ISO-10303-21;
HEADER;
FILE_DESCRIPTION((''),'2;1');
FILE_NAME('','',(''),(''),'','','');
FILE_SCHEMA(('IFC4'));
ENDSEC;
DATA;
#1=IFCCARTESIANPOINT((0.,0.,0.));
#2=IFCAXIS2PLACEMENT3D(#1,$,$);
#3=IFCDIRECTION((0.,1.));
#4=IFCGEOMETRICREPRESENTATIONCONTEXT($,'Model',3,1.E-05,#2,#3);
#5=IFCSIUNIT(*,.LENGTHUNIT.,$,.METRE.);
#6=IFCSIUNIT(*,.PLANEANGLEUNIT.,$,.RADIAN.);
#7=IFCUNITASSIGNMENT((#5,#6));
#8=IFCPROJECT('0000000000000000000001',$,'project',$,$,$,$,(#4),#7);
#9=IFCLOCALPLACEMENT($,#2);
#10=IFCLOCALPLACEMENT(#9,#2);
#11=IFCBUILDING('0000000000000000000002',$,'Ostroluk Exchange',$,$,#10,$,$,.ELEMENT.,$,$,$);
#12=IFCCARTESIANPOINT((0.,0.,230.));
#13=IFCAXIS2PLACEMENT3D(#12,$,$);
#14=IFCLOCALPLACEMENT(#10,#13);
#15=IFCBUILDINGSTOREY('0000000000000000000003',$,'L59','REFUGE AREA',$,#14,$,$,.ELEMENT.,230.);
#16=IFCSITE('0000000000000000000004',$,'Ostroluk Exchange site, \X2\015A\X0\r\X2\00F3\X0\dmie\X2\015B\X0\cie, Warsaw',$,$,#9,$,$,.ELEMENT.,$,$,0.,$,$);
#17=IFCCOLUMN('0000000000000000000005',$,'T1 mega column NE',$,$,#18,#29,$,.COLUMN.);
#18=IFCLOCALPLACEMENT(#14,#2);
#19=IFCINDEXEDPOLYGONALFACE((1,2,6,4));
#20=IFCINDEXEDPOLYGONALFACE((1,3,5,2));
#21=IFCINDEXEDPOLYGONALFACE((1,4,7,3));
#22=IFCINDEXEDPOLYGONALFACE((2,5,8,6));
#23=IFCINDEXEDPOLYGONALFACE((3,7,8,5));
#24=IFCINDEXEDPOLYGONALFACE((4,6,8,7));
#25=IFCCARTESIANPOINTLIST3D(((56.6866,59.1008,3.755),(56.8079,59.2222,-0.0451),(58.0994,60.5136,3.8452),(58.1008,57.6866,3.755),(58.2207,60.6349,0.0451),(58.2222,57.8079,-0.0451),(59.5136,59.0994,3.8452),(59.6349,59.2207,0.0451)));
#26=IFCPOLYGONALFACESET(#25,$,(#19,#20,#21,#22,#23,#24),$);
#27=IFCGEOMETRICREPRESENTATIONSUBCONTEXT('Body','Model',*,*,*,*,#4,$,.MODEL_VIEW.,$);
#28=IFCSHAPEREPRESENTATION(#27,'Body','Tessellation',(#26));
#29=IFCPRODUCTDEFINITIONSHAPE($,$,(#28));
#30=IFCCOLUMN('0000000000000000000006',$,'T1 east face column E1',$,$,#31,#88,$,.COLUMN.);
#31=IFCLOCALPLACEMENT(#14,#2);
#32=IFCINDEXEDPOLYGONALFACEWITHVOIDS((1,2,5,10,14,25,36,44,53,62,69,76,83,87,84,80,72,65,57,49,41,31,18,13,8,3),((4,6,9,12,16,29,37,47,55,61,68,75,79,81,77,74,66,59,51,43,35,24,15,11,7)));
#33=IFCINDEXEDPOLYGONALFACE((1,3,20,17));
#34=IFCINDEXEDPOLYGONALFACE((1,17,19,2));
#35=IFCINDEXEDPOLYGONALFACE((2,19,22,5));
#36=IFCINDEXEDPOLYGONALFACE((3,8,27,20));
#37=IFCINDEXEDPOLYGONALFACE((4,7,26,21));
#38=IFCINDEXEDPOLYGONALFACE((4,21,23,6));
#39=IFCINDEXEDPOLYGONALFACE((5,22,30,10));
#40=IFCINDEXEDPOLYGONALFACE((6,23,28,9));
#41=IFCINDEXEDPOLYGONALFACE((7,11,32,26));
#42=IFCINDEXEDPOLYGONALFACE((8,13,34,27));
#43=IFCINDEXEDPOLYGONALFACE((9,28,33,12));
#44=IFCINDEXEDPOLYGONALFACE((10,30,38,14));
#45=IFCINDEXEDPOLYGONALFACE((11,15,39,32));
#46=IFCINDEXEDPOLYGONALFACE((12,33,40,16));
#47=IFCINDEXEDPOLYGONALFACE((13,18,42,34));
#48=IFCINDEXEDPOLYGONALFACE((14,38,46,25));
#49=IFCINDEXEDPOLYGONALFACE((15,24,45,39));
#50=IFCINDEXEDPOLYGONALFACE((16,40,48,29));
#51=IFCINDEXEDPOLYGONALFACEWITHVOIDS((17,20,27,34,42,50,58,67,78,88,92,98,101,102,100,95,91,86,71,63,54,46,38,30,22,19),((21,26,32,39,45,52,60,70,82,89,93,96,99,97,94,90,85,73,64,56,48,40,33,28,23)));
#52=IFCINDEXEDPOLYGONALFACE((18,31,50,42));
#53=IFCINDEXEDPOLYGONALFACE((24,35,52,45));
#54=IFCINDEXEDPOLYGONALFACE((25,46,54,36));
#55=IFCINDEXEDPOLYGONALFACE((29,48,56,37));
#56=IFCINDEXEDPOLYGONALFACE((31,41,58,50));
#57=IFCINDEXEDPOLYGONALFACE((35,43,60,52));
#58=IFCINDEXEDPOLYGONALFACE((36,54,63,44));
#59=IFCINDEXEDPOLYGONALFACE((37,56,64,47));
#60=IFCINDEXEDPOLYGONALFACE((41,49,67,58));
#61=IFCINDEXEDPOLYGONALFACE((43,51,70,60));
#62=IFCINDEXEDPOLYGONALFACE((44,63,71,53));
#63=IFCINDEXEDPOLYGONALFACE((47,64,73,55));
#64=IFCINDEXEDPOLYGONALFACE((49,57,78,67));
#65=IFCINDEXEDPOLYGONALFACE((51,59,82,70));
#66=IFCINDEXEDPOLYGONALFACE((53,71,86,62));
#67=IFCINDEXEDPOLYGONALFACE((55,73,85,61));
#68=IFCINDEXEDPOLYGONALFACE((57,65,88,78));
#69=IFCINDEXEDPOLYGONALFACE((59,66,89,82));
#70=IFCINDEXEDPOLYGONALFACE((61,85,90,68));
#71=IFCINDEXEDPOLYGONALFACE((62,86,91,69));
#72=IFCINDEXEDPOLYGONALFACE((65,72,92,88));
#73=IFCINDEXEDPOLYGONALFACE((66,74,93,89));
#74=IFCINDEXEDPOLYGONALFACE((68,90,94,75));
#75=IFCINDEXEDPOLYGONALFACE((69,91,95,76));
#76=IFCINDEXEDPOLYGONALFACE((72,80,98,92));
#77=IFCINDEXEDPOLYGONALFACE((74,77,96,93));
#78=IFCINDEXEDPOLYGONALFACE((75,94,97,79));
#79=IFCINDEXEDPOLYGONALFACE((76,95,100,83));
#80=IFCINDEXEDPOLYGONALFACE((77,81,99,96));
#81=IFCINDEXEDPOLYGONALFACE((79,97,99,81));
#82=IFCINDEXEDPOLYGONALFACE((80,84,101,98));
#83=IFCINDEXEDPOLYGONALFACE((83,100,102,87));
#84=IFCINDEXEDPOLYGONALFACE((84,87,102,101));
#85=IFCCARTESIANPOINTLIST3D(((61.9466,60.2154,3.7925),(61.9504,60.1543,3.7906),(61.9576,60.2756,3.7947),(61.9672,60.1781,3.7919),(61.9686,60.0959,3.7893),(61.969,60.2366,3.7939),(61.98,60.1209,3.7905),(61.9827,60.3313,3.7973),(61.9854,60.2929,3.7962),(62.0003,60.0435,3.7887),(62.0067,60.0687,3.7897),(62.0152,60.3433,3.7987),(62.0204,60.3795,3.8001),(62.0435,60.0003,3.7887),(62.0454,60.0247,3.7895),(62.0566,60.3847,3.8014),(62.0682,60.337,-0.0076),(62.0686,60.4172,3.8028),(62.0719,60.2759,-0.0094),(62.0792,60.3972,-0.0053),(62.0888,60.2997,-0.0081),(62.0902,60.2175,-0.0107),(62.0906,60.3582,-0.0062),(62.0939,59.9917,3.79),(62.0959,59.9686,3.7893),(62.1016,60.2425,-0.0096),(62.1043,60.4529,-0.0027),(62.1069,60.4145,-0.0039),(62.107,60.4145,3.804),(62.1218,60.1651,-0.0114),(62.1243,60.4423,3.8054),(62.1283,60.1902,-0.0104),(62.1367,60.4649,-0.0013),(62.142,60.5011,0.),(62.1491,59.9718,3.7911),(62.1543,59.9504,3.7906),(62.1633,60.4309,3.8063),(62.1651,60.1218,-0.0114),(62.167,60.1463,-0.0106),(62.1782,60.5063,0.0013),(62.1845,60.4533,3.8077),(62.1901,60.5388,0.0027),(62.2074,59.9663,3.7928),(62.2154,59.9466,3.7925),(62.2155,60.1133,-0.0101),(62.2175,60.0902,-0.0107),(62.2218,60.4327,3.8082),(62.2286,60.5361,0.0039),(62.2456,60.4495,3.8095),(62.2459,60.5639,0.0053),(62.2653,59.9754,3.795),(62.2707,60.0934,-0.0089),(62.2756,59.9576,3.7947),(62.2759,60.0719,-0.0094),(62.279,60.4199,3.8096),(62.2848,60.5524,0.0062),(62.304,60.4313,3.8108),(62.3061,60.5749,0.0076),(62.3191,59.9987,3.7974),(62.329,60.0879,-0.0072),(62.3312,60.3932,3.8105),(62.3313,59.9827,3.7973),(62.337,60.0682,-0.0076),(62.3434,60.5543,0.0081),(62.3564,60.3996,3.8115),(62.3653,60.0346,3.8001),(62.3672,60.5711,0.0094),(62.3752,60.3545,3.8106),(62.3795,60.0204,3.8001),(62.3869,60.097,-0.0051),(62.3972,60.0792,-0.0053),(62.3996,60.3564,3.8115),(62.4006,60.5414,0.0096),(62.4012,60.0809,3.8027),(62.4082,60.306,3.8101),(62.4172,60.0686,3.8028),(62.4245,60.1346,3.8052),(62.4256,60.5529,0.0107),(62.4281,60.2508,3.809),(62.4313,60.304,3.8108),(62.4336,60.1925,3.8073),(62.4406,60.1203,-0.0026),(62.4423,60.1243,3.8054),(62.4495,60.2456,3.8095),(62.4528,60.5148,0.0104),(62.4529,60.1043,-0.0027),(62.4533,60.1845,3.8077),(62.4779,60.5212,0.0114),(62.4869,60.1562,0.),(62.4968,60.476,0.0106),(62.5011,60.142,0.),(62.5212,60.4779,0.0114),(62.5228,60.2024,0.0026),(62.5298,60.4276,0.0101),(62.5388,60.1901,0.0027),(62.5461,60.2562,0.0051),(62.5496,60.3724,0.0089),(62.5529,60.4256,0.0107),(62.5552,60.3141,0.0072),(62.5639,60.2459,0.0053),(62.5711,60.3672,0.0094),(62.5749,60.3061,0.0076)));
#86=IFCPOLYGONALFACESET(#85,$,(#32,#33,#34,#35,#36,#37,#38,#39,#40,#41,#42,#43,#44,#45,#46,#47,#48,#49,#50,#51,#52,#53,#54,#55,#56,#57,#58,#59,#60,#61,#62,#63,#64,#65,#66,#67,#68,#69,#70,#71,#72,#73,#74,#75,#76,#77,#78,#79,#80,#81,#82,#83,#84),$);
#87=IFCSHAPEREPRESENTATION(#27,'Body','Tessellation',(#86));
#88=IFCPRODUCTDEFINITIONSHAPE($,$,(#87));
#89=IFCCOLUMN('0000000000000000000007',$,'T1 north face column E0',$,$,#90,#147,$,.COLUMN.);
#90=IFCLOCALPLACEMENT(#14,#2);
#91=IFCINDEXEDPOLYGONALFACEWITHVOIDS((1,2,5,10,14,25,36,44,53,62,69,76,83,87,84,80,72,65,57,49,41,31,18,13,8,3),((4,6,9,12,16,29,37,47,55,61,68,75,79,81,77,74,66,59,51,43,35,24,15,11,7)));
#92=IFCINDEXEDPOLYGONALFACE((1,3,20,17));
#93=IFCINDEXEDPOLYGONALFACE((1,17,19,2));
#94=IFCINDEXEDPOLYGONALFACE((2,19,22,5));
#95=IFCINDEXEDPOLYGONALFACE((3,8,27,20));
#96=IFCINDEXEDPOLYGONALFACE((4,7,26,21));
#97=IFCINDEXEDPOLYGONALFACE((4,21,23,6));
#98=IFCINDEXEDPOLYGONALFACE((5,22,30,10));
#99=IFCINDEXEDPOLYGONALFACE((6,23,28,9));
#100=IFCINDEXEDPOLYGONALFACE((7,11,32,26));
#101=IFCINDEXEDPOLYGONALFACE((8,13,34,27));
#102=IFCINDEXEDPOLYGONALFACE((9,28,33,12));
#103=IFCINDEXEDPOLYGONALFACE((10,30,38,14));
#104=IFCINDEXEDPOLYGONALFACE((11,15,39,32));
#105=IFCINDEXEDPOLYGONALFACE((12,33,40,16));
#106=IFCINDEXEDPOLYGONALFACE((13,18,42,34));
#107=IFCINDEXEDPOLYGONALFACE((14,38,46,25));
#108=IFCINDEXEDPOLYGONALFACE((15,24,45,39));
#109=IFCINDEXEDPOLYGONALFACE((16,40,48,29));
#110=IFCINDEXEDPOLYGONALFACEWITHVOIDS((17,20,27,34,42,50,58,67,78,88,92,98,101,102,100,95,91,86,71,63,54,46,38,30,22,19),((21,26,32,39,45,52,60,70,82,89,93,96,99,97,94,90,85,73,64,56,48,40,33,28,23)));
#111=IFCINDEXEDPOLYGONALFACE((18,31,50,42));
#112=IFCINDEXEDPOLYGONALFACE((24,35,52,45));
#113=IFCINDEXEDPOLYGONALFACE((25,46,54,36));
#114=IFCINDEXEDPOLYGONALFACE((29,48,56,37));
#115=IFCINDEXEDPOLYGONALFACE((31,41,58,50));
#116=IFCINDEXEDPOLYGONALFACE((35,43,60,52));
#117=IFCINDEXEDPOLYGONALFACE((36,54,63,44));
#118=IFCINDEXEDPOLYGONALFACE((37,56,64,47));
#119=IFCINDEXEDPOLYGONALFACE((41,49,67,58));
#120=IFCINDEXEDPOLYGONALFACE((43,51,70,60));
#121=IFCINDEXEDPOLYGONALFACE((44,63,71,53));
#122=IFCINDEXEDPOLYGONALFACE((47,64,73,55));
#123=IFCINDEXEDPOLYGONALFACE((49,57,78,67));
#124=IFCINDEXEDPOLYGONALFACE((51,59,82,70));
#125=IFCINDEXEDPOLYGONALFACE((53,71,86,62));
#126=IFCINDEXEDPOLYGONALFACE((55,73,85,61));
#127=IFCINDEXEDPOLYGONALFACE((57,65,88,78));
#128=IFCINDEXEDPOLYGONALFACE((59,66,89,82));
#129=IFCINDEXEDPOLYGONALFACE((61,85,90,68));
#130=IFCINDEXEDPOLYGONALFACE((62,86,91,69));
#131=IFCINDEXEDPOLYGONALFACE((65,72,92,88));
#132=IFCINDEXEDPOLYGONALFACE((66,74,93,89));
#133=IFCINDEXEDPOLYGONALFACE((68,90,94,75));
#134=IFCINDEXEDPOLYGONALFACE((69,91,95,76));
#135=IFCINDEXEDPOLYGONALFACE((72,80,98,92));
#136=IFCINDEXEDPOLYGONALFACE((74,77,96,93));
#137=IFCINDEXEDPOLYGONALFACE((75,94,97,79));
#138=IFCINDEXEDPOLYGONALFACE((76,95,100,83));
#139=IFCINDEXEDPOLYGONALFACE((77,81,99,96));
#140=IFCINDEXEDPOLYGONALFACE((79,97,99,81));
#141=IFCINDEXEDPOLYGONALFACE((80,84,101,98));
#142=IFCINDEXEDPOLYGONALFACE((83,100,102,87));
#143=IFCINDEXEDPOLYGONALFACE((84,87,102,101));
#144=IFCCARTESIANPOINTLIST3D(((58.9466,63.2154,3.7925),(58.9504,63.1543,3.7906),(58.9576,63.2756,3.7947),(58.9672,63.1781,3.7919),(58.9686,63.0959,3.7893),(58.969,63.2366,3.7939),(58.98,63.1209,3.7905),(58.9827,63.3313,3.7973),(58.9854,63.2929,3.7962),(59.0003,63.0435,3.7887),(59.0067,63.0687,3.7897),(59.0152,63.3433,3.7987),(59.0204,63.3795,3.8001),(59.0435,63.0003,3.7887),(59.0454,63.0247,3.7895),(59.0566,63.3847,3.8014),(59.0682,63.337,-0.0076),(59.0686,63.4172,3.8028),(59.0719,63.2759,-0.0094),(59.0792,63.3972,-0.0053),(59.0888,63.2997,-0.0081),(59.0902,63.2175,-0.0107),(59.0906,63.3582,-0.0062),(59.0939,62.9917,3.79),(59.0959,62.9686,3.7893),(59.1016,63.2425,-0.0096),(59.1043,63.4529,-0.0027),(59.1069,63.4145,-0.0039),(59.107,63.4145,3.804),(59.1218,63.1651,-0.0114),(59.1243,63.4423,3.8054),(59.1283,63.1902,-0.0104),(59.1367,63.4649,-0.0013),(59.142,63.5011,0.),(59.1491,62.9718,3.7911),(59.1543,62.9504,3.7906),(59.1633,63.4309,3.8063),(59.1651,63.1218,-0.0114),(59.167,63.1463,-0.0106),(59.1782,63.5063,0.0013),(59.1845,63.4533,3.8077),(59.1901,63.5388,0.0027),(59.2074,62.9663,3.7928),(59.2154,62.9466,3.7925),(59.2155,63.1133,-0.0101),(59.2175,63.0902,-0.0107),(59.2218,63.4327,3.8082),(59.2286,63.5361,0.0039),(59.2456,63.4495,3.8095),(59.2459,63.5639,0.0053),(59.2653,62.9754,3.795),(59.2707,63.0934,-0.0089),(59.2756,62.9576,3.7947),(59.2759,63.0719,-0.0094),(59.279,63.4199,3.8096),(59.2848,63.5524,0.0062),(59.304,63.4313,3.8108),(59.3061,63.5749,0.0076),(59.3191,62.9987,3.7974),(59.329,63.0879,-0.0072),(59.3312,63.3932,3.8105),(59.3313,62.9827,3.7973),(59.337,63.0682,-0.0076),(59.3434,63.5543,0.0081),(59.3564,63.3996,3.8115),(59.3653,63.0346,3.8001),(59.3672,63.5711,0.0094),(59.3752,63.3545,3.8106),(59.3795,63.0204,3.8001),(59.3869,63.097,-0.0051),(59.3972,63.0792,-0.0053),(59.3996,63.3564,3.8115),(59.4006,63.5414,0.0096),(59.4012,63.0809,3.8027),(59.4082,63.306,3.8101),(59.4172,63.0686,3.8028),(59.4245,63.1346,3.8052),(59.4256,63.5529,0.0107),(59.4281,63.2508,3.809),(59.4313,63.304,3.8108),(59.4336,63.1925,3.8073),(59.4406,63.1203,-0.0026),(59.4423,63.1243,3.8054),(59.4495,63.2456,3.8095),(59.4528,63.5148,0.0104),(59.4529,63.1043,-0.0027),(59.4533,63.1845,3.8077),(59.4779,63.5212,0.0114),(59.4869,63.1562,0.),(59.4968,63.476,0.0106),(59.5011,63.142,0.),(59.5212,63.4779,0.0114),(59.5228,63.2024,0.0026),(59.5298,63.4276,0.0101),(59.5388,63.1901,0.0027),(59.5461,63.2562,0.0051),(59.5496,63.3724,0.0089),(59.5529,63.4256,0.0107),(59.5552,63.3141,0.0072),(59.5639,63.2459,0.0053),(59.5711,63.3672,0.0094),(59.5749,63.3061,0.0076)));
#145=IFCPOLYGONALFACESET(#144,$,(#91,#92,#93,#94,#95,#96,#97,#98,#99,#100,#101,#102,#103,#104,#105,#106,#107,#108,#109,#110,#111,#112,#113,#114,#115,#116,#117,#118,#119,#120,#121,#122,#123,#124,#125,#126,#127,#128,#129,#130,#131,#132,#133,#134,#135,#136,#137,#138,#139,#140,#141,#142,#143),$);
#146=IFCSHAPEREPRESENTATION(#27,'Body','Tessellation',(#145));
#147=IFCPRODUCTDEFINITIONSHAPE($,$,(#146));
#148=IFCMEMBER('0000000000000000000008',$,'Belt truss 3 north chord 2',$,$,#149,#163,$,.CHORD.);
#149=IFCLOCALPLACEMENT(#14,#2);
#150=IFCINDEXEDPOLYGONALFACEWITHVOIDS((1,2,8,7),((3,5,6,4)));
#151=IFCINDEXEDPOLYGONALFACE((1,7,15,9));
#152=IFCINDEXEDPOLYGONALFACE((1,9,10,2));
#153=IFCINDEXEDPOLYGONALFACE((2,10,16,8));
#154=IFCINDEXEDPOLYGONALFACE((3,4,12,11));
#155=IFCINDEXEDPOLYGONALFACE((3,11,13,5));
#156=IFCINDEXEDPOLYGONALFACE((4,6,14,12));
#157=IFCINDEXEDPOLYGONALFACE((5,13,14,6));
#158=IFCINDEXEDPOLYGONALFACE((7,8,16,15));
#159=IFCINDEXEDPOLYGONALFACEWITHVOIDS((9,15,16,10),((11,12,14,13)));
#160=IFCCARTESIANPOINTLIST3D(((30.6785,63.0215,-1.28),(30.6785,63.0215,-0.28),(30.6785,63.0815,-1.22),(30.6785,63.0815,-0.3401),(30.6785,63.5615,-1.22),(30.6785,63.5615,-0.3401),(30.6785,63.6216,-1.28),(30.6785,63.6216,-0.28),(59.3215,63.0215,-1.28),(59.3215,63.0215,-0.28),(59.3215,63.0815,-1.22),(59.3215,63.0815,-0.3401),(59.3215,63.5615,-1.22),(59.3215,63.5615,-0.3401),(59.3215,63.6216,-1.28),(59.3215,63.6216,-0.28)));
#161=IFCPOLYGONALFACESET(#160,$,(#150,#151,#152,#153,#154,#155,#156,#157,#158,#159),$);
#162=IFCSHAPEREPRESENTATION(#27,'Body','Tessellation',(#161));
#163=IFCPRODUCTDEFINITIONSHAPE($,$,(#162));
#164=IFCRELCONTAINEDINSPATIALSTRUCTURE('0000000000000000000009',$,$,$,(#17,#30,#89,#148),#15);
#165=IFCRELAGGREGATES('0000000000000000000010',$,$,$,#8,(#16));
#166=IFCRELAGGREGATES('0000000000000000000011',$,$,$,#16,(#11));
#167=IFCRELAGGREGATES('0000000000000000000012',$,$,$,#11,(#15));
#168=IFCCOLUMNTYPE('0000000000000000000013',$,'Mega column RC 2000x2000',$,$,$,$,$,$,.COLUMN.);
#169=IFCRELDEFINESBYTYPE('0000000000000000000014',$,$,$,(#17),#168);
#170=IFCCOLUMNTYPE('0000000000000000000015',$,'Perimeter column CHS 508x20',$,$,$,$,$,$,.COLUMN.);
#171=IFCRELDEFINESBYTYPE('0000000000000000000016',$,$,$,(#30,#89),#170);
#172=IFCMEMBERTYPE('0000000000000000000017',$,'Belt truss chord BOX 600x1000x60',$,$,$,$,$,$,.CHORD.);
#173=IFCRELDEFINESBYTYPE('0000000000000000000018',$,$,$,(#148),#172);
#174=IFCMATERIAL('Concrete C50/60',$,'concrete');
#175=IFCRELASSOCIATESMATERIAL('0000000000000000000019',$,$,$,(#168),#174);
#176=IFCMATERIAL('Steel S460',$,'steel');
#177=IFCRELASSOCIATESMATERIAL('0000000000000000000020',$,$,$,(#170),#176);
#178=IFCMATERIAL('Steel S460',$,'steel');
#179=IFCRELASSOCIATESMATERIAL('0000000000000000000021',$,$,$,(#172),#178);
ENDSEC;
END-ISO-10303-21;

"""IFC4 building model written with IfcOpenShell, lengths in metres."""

from ifc_helpers import new_model, si_unit, direction, frame, origin, origin_2d, place, context, subcontext, project, spatial, rectangle, hollow_rectangle, hollow_circle, extrude, material, material_profile, profile_set, type_object, element, save


model = new_model("IFC4")

# Units and contexts
model_context = context("Model", 3, precision=1e-05, world=origin(), true_north=direction((0.0, 1.0)))
body_context = subcontext(model_context, "Body", "Model", "MODEL_VIEW")
ifc_project = project(units=[si_unit("LENGTHUNIT", "METRE"), si_unit("PLANEANGLEUNIT", "RADIAN")], contexts=[model_context])

# Site, building, storey
site_placement = place(None, origin())
site = spatial("IfcSite", under=ifc_project, at=site_placement, Name="Ostroluk Exchange site, Śródmieście, Warsaw", CompositionType="ELEMENT", RefElevation=0.0)
building_placement = place(site_placement, origin())
building = spatial("IfcBuilding", under=site, at=building_placement, Name="Ostroluk Exchange", CompositionType="ELEMENT")
storey_placement = place(building_placement, frame((0.0, 0.0, 230.0)))
storey = spatial("IfcBuildingStorey", under=building, at=storey_placement, Name="L59", Description="REFUGE AREA", CompositionType="ELEMENT", Elevation=230.0)

# Columns
ifc_material_1 = material(Name="Concrete C50/60", Category="concrete")
ifc_material_profile_1 = material_profile(ifc_material_1, rectangle(XDim=2.0, YDim=2.0, at=origin_2d()), Name="RC 2000x2000")
ifc_profile_set_1 = profile_set([ifc_material_profile_1], Name="Concrete C50/60")
column_type_1 = type_object("IfcColumnType", Name="Mega column RC 2000x2000", PredefinedType="COLUMN", material=ifc_profile_set_1)
column_placement = place(storey_placement, frame((58.2214, 59.2214, 0.0), z_axis=(-0.031898, -0.031898, 0.998982), x_axis=(0.707107, -0.707107, 0.0)))
element("IfcColumn", 1, at=column_placement, inside=storey, type_object=column_type_1, Name="T1 mega column NE", PredefinedType="COLUMN", context=body_context, shape_type="SweptSolid", body=[
    extrude(rectangle(XDim=2.0, YDim=2.0, at=origin_2d()), origin(), (0.0, 0.0, 1.0), 3.804),
])
ifc_material_2 = material(Name="Steel S460", Category="steel")
ifc_material_profile_2 = material_profile(ifc_material_2, hollow_circle(Radius=0.2539, WallThickness=0.02, at=origin_2d()), Name="CHS 508x20")
ifc_profile_set_2 = profile_set([ifc_material_profile_2], Name="Steel S460")
column_type_2 = type_object("IfcColumnType", Name="Perimeter column CHS 508x20", PredefinedType="COLUMN", material=ifc_profile_set_2)
for number, where, z_axis, x_axis, name in (
    (2, (62.3215, 60.3215, 0.0), (-0.031962, -0.031962, 0.998978), (0.707107, -0.707107, 0.0), "T1 east face column E1"),
    (3, (59.3215, 63.3215, 0.0), (-0.031962, -0.031962, 0.998978), (0.707107, -0.707107, 0.0), "T1 north face column E0"),
):
    element("IfcColumn", number, at=place(storey_placement, frame(where, z_axis=z_axis, x_axis=x_axis)), inside=storey, type_object=column_type_2, Name=name, PredefinedType="COLUMN", context=body_context, shape_type="SweptSolid", body=[
        extrude(hollow_circle(Radius=0.2539, WallThickness=0.02, at=origin_2d()), origin(), (0.0, 0.0, 1.0), 3.804),
    ])

# Member
ifc_material_3 = material(Name="Steel S460", Category="steel")
ifc_material_profile_3 = material_profile(ifc_material_3, hollow_rectangle(XDim=0.6001, YDim=1.0, WallThickness=0.0601, at=origin_2d()), Name="BOX 600x1000x60")
ifc_profile_set_3 = profile_set([ifc_material_profile_3], Name="Steel S460")
member_type_1 = type_object("IfcMemberType", Name="Belt truss chord BOX 600x1000x60", PredefinedType="CHORD", material=ifc_profile_set_3)
member_1_placement = place(storey_placement, frame((59.3215, 63.3215, -0.78), z_axis=(-1.0, 0.0, 0.0), x_axis=(0.0, -1.0, 0.0)))
element("IfcMember", 4, at=member_1_placement, inside=storey, type_object=member_type_1, Name="Belt truss 3 north chord 2", PredefinedType="CHORD", context=body_context, shape_type="SweptSolid", body=[
    extrude(hollow_rectangle(XDim=0.6001, YDim=1.0, WallThickness=0.0601, at=origin_2d()), origin(), (0.0, 0.0, 1.0), 28.6431),
])

save(model, "model.ifc")
